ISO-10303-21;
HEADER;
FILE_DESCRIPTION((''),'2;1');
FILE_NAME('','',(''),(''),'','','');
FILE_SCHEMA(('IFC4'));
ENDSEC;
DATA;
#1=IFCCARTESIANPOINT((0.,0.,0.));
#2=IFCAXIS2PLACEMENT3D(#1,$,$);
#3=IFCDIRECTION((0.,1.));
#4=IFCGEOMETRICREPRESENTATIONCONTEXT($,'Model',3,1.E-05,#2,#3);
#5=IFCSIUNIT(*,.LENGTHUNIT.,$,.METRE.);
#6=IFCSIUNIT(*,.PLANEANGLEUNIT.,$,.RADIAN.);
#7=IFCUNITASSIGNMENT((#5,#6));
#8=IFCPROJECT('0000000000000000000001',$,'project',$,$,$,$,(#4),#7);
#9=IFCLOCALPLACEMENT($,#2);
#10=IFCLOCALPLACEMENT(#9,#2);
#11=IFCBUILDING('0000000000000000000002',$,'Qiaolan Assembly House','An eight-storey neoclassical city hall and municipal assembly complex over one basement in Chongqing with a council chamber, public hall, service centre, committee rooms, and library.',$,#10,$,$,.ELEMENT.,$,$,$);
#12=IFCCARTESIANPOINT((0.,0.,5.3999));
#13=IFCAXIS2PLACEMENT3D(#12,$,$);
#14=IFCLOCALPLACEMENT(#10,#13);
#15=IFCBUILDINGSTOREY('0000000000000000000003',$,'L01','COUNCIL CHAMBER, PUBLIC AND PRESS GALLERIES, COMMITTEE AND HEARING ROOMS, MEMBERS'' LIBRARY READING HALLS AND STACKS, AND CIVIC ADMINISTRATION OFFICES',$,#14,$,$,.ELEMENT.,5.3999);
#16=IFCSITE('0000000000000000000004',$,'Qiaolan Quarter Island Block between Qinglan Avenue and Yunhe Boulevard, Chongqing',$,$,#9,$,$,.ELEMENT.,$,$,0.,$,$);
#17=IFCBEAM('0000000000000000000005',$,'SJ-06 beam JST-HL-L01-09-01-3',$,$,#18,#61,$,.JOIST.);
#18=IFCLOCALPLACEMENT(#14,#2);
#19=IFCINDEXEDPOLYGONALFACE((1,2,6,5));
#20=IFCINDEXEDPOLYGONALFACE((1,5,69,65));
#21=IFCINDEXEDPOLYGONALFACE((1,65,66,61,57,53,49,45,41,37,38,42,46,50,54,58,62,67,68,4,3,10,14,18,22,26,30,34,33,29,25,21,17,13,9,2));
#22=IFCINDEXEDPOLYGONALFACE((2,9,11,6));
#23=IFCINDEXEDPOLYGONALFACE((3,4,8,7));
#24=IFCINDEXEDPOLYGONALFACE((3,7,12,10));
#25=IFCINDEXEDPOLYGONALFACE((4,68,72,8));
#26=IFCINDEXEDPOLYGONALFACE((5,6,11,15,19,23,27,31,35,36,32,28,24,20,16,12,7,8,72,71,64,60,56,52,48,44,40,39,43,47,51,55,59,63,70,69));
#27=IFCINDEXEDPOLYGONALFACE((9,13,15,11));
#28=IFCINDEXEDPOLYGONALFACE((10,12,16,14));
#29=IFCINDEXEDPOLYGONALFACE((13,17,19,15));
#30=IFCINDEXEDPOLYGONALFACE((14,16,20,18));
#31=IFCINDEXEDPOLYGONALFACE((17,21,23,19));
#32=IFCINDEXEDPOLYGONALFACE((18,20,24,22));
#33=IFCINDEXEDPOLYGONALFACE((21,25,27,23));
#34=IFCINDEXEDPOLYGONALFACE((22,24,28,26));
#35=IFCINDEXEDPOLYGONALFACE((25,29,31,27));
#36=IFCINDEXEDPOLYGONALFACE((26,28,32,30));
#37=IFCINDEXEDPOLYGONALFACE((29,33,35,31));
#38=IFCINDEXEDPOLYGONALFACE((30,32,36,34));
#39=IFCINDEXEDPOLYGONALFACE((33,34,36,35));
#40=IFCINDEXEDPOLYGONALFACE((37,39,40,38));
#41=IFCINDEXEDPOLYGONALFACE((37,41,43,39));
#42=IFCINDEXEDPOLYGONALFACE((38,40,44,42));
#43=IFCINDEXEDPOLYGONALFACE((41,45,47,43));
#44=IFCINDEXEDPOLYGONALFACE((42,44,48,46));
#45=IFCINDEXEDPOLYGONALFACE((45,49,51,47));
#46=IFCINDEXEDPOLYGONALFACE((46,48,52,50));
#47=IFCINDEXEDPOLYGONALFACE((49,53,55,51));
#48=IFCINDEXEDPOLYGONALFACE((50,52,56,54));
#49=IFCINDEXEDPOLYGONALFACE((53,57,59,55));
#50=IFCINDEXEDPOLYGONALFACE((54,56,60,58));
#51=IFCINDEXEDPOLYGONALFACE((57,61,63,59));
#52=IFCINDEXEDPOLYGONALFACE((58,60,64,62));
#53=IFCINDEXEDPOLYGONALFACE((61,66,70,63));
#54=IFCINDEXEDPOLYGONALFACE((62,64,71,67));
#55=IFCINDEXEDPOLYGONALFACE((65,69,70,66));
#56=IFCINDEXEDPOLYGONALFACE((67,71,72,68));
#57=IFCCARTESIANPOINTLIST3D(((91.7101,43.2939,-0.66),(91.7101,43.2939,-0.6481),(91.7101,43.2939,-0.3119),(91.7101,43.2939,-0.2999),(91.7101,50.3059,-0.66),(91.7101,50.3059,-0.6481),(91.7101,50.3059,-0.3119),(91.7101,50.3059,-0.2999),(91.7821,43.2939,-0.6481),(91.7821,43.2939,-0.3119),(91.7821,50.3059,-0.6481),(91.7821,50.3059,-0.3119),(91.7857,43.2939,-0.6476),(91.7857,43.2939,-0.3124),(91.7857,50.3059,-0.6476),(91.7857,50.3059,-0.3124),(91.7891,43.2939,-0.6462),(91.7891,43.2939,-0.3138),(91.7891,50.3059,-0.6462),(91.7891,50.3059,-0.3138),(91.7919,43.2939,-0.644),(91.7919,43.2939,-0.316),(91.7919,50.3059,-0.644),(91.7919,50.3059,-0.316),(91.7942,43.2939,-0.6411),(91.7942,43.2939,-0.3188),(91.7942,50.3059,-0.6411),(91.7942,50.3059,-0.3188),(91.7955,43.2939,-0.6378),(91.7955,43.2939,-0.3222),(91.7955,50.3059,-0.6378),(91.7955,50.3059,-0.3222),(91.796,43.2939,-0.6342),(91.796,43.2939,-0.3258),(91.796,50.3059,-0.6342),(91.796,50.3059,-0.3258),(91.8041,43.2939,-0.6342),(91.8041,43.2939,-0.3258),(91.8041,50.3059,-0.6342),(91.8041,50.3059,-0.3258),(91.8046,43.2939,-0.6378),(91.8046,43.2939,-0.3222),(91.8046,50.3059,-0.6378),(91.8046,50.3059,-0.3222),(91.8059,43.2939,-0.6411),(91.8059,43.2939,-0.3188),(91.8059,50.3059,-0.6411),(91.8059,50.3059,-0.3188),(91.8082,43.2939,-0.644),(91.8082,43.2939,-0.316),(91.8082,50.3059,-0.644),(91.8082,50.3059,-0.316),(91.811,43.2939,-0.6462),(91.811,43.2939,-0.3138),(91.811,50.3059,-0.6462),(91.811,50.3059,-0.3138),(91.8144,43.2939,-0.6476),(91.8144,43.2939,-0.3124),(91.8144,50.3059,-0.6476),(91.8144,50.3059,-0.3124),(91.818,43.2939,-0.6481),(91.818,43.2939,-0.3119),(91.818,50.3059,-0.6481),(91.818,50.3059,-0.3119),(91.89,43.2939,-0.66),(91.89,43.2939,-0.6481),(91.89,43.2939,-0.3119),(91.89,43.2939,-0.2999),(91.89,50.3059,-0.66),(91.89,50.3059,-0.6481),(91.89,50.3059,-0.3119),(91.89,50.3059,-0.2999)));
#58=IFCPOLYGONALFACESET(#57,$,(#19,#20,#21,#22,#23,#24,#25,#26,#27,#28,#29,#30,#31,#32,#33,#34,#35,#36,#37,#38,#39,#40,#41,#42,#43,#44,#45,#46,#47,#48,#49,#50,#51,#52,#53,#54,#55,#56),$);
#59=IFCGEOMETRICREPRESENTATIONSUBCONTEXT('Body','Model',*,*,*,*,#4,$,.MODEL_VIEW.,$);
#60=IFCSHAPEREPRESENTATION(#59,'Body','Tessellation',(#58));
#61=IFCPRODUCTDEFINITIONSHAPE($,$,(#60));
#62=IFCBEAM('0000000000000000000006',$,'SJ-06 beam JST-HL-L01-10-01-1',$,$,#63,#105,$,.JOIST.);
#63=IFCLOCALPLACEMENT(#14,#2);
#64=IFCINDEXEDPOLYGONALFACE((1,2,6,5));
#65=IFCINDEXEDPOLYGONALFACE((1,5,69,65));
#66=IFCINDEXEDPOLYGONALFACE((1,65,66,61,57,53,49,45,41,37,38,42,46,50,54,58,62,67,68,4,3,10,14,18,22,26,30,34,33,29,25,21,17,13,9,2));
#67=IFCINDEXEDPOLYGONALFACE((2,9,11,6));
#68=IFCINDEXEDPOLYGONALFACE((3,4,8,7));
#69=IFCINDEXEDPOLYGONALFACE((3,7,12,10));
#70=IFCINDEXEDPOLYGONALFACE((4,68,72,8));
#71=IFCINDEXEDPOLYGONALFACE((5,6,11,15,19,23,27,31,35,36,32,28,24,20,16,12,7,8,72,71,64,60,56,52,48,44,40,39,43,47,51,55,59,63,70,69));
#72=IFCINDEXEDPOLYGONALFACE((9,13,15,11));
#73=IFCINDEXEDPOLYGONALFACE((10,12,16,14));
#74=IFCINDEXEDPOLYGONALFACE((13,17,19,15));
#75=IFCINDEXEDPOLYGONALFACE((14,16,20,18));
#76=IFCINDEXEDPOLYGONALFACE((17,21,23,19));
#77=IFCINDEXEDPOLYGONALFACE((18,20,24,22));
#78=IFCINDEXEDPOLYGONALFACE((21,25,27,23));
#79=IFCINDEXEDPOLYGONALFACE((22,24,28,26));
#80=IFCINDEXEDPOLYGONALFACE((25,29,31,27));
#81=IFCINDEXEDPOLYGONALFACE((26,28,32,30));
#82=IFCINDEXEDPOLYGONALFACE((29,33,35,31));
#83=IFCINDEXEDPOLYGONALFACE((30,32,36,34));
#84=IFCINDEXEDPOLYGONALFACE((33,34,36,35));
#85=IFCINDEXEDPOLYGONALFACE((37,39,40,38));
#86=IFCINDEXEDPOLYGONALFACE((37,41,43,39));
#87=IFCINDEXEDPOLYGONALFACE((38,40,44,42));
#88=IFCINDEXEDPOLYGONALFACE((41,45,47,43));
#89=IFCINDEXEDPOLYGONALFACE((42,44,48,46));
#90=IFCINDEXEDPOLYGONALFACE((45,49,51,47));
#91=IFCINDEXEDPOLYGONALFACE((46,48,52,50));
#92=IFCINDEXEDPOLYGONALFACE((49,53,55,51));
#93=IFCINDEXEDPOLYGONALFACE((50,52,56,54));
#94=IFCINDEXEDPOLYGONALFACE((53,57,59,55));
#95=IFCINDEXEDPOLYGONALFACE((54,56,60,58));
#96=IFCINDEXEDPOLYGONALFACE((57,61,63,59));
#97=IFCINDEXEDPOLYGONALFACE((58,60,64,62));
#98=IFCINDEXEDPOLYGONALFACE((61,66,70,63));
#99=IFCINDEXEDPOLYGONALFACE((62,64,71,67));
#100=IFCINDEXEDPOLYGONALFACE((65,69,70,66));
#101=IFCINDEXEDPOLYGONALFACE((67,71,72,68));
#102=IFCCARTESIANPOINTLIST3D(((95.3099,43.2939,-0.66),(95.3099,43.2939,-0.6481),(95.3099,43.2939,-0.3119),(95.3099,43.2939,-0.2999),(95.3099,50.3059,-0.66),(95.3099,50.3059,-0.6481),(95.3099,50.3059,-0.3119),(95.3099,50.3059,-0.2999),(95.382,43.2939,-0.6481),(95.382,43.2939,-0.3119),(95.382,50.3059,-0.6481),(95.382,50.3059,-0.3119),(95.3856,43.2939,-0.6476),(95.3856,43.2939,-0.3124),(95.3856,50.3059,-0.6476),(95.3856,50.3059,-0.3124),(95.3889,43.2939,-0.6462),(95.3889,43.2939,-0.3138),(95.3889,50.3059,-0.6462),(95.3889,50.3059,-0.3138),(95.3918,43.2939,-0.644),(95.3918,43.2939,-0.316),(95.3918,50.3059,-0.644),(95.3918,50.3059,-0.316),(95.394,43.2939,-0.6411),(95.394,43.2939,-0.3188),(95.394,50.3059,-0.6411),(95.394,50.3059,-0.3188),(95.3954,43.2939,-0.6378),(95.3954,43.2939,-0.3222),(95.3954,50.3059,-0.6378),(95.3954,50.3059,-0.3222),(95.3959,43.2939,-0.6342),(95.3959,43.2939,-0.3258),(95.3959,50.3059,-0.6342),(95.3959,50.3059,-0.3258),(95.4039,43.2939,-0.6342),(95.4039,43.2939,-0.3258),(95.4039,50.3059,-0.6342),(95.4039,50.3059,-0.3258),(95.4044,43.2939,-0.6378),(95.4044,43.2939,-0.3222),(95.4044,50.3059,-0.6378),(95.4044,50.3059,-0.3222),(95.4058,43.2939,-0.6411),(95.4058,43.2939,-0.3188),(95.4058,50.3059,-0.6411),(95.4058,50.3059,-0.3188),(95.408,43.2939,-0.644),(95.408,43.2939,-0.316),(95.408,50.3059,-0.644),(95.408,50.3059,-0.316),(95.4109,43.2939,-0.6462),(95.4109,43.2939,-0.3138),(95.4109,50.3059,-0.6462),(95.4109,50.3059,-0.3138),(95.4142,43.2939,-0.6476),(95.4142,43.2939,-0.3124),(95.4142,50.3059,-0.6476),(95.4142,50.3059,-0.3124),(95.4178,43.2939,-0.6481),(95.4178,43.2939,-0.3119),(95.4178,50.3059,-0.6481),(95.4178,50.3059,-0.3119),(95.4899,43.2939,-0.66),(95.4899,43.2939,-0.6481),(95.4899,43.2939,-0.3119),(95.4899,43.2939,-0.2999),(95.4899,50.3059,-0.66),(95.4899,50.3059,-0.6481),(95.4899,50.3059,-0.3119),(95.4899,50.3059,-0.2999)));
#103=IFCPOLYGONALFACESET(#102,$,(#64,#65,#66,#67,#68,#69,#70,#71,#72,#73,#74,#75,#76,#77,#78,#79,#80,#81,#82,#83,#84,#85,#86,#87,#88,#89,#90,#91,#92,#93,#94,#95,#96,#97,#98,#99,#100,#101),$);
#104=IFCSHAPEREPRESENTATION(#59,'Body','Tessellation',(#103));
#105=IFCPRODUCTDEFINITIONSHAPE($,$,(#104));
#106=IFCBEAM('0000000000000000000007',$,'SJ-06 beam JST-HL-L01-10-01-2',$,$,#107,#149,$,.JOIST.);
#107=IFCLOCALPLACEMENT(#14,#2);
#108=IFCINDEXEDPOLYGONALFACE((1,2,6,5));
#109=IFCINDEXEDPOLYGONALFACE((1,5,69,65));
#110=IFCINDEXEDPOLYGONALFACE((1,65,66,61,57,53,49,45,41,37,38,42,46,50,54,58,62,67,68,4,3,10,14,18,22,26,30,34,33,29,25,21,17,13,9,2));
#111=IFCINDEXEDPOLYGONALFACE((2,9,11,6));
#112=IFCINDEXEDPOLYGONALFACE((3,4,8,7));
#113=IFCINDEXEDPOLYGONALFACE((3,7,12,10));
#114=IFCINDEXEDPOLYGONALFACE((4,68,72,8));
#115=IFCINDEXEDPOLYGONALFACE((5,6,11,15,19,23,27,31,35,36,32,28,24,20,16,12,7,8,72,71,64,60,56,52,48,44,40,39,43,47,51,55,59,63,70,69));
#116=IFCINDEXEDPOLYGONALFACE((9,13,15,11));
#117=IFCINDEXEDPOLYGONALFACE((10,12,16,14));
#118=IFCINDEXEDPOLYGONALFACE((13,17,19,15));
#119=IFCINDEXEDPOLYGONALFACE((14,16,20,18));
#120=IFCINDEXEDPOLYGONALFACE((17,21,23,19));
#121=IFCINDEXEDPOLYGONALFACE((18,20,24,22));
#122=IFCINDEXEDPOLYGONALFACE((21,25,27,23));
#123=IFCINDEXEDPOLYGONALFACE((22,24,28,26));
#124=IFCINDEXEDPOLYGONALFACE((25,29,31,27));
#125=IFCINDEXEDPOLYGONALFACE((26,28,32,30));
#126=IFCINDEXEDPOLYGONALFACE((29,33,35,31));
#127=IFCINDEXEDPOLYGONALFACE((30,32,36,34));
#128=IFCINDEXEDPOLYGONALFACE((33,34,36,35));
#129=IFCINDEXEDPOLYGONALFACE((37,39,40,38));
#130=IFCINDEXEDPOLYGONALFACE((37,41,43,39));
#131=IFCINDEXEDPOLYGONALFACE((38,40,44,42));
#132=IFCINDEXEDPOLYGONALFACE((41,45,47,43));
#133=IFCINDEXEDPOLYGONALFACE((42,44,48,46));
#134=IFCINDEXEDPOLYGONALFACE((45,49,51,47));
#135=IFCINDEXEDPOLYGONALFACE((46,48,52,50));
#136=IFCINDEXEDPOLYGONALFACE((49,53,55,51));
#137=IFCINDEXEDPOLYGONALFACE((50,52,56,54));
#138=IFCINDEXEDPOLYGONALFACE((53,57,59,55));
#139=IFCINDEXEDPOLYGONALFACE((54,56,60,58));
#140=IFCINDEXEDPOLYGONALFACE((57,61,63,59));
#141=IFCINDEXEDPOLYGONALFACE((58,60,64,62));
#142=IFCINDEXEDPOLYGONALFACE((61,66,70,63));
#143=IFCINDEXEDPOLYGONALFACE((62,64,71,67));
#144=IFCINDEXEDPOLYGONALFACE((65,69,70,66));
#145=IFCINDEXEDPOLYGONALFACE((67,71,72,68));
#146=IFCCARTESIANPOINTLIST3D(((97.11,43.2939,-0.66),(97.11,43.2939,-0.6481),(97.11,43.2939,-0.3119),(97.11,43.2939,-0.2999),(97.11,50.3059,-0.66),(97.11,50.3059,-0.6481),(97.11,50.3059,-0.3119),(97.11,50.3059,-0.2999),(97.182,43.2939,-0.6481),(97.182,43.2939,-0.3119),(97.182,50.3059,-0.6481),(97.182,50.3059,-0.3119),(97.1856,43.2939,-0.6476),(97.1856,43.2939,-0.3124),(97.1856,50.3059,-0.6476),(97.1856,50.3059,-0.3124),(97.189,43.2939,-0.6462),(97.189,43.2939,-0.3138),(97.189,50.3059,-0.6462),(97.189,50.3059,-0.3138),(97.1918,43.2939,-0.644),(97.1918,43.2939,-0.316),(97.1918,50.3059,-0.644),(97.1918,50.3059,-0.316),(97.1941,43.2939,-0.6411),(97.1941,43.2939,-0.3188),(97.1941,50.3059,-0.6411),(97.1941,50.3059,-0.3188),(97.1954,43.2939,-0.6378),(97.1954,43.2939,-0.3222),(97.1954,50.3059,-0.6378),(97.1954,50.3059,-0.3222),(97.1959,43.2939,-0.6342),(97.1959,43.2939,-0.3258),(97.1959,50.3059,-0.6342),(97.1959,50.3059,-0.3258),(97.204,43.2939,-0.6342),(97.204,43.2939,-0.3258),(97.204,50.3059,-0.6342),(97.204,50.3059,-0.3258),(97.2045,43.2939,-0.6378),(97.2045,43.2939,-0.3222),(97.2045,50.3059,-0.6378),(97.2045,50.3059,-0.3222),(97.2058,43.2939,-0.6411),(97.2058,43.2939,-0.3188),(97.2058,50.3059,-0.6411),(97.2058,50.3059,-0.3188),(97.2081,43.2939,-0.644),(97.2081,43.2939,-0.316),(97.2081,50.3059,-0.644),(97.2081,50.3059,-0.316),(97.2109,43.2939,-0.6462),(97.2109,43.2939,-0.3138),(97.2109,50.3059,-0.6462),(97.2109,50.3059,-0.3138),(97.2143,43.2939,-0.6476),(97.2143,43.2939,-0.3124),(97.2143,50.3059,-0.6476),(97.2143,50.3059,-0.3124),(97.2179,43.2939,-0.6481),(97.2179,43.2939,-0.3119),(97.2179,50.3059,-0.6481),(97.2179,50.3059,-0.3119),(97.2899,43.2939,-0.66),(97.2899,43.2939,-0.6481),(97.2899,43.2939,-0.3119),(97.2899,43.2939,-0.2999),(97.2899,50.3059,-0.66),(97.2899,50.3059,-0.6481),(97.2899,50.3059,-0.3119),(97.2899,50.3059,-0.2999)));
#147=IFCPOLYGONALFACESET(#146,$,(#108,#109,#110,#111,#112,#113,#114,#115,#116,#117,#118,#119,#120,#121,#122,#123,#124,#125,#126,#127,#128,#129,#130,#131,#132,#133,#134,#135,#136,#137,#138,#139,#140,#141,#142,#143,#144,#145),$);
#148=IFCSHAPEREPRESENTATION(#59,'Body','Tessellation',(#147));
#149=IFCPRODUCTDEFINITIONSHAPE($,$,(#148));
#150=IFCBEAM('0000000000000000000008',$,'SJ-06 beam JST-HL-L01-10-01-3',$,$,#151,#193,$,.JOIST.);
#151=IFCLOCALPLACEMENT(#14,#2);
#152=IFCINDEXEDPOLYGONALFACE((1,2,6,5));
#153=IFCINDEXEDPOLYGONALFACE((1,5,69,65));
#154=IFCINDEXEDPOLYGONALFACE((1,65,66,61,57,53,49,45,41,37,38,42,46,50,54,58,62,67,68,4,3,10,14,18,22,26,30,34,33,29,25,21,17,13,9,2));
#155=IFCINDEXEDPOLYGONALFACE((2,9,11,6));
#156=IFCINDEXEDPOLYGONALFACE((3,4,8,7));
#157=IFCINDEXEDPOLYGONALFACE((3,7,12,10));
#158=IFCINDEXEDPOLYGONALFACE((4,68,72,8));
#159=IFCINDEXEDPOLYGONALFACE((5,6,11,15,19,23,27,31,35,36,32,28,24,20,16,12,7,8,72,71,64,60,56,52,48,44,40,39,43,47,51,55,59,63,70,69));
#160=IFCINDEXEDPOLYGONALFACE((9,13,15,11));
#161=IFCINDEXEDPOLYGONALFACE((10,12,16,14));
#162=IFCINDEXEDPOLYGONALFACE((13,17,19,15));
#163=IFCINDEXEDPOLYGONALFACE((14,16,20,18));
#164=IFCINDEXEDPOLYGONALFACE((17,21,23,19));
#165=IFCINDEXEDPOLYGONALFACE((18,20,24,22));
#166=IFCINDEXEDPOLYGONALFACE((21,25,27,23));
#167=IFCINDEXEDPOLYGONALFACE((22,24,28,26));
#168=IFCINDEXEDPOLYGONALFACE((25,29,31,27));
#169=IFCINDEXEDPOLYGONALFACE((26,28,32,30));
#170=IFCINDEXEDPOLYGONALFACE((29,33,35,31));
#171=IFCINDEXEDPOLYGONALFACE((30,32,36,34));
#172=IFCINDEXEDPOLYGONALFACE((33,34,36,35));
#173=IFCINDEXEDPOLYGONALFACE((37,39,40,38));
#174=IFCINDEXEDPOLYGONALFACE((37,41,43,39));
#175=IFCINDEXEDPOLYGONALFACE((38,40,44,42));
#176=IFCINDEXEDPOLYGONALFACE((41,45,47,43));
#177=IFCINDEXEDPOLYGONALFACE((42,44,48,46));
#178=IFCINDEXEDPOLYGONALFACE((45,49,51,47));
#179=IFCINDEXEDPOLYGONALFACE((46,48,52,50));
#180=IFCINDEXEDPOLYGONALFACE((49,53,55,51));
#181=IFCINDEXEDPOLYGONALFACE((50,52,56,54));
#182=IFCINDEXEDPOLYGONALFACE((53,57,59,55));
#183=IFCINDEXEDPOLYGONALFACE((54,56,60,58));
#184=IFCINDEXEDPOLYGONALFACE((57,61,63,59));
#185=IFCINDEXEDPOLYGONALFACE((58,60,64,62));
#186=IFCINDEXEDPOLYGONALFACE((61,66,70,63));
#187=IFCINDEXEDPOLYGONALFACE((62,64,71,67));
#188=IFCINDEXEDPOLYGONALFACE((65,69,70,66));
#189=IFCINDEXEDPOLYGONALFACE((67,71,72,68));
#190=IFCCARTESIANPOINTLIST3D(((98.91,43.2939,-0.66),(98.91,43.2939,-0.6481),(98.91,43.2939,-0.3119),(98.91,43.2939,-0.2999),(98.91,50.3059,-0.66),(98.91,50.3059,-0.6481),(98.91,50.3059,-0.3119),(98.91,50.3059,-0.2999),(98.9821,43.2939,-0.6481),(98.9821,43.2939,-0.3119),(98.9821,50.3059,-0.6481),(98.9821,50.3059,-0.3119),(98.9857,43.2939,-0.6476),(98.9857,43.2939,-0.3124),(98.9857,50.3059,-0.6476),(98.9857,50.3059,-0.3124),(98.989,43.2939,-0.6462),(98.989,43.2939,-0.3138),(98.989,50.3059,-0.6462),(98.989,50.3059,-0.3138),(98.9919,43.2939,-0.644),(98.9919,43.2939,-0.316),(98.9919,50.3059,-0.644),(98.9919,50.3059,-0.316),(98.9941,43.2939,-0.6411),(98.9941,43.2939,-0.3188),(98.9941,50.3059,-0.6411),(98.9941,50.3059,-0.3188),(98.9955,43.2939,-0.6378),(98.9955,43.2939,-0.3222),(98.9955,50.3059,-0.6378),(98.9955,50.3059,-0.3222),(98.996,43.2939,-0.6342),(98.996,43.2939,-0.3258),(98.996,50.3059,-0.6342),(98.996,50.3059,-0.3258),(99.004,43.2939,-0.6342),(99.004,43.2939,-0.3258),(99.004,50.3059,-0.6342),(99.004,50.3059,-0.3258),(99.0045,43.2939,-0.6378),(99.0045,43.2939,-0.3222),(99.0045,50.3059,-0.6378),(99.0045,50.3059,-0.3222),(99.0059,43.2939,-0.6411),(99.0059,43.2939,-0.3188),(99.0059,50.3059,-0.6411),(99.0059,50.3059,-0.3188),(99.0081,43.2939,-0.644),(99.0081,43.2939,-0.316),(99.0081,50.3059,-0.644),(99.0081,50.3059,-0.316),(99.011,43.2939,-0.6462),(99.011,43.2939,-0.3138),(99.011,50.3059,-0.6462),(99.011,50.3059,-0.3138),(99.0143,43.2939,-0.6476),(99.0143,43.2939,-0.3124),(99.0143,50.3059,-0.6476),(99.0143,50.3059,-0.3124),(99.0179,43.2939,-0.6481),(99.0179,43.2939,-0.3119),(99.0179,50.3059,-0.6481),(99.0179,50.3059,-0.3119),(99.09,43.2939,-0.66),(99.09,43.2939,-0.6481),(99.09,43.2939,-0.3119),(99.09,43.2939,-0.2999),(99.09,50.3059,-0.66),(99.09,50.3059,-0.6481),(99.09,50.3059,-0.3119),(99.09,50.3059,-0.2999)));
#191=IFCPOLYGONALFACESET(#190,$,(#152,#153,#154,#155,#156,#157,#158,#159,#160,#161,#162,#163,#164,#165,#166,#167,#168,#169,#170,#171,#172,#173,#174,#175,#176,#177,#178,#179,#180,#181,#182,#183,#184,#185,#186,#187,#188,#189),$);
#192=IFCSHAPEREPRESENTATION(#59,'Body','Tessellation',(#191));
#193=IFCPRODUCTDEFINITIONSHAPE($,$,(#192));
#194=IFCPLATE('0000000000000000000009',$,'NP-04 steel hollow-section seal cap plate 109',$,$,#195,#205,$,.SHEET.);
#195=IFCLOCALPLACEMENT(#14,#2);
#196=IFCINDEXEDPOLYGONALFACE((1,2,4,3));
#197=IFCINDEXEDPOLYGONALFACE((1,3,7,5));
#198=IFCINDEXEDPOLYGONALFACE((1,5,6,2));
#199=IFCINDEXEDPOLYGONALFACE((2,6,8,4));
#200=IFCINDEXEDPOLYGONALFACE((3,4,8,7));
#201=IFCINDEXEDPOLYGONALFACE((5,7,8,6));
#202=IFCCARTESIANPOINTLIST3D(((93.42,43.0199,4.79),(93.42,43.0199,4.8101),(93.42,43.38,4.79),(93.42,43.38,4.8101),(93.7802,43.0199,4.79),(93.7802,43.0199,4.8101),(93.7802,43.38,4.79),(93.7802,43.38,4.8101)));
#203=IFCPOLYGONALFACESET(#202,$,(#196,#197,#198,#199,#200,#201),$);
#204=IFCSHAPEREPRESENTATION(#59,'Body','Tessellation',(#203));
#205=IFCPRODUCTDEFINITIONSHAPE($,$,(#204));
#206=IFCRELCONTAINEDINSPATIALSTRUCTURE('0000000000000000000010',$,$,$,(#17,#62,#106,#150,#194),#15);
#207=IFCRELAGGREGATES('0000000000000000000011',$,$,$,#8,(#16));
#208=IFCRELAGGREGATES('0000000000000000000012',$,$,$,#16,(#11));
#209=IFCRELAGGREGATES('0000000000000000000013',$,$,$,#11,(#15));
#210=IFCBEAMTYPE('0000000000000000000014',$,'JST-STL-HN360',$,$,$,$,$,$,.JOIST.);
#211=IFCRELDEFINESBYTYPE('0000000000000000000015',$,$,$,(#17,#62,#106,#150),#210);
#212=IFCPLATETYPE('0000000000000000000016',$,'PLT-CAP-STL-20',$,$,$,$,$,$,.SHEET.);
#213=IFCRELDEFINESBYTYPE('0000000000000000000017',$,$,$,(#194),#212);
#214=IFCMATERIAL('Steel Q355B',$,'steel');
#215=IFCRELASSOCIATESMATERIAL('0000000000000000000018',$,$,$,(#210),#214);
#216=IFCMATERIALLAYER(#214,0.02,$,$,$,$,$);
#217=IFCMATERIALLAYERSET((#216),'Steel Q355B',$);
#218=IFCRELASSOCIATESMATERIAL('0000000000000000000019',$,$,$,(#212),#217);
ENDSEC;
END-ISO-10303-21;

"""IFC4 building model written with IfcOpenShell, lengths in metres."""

from ifc_helpers import new_model, si_unit, direction, frame, origin, origin_2d, place, context, subcontext, project, spatial, rectangle, i_section, extrude, material, layer, layer_set, material_profile, profile_set, type_object, element, save


model = new_model("IFC4")

# Units and contexts
model_context = context("Model", 3, precision=1e-05, world=origin(), true_north=direction((0.0, 1.0)))
body_context = subcontext(model_context, "Body", "Model", "MODEL_VIEW")
ifc_project = project(units=[si_unit("LENGTHUNIT", "METRE"), si_unit("PLANEANGLEUNIT", "RADIAN")], contexts=[model_context])

# Site, building, storey
site_placement = place(None, origin())
site = spatial("IfcSite", under=ifc_project, at=site_placement, Name="Qiaolan Quarter Island Block between Qinglan Avenue and Yunhe Boulevard, Chongqing", CompositionType="ELEMENT", RefElevation=0.0)
building_placement = place(site_placement, origin())
building = spatial("IfcBuilding", under=site, at=building_placement, Name="Qiaolan Assembly House", Description="An eight-storey neoclassical city hall and municipal assembly complex over one basement in Chongqing with a council chamber, public hall, service centre, committee rooms, and library.", CompositionType="ELEMENT")
storey_placement = place(building_placement, frame((0.0, 0.0, 5.3999)))
storey = spatial("IfcBuildingStorey", under=building, at=storey_placement, Name="L01", Description="COUNCIL CHAMBER, PUBLIC AND PRESS GALLERIES, COMMITTEE AND HEARING ROOMS, MEMBERS' LIBRARY READING HALLS AND STACKS, AND CIVIC ADMINISTRATION OFFICES", CompositionType="ELEMENT", Elevation=5.3999)

# Shared definitions
ifc_material_1 = material(Name="Steel Q355B", Category="steel")

# Beams
ifc_material_profile_1 = material_profile(ifc_material_1, i_section(OverallWidth=0.1799, OverallDepth=0.3601, WebThickness=0.0081, FlangeThickness=0.012, FilletRadius=0.0139, at=origin_2d()), Name="HN 360x180x8x12")
ifc_profile_set_1 = profile_set([ifc_material_profile_1], Name="Steel Q355B")
beam_type_1 = type_object("IfcBeamType", Name="JST-STL-HN360", PredefinedType="JOIST", material=ifc_profile_set_1)
for number, where, z_axis, x_axis, name in (
    (1, (91.8, 43.2939, -0.48), (0.0, 1.0, 0.0), (-1.0, 0.0, 0.0), "SJ-06 beam JST-HL-L01-09-01-3"),
    (2, (95.3999, 43.2939, -0.48), (0.0, 1.0, 0.0), (-1.0, 0.0, 0.0), "SJ-06 beam JST-HL-L01-10-01-1"),
    (3, (97.2, 43.2939, -0.48), (0.0, 1.0, 0.0), (-1.0, 0.0, 0.0), "SJ-06 beam JST-HL-L01-10-01-2"),
    (4, (99.0, 43.2939, -0.48), (0.0, 1.0, 0.0), (-1.0, 0.0, 0.0), "SJ-06 beam JST-HL-L01-10-01-3"),
):
    element("IfcBeam", number, at=place(storey_placement, frame(where, z_axis=z_axis, x_axis=x_axis)), inside=storey, type_object=beam_type_1, Name=name, PredefinedType="JOIST", context=body_context, shape_type="SweptSolid", body=[
        extrude(i_section(OverallWidth=0.1799, OverallDepth=0.3601, WebThickness=0.0081, FlangeThickness=0.012, FilletRadius=0.0139, at=origin_2d()), origin(), (0.0, 0.0, 1.0), 7.012),
    ])

# Plate
ifc_layer = layer(ifc_material_1, 0.02)
ifc_layer_set = layer_set([ifc_layer], Name="Steel Q355B")
plate_type = type_object("IfcPlateType", Name="PLT-CAP-STL-20", PredefinedType="SHEET", material=ifc_layer_set)
plate_placement = place(storey_placement, frame((93.6001, 43.2, 4.79), z_axis=(0.0, 0.0, 1.0), x_axis=(1.0, 0.0, 0.0)))
element("IfcPlate", 5, at=plate_placement, inside=storey, type_object=plate_type, Name="NP-04 steel hollow-section seal cap plate 109", PredefinedType="SHEET", context=body_context, shape_type="SweptSolid", body=[
    extrude(rectangle(XDim=0.3601, YDim=0.3601, at=origin_2d()), origin(), (0.0, 0.0, 1.0), 0.02),
])

save(model, "model.ifc")
